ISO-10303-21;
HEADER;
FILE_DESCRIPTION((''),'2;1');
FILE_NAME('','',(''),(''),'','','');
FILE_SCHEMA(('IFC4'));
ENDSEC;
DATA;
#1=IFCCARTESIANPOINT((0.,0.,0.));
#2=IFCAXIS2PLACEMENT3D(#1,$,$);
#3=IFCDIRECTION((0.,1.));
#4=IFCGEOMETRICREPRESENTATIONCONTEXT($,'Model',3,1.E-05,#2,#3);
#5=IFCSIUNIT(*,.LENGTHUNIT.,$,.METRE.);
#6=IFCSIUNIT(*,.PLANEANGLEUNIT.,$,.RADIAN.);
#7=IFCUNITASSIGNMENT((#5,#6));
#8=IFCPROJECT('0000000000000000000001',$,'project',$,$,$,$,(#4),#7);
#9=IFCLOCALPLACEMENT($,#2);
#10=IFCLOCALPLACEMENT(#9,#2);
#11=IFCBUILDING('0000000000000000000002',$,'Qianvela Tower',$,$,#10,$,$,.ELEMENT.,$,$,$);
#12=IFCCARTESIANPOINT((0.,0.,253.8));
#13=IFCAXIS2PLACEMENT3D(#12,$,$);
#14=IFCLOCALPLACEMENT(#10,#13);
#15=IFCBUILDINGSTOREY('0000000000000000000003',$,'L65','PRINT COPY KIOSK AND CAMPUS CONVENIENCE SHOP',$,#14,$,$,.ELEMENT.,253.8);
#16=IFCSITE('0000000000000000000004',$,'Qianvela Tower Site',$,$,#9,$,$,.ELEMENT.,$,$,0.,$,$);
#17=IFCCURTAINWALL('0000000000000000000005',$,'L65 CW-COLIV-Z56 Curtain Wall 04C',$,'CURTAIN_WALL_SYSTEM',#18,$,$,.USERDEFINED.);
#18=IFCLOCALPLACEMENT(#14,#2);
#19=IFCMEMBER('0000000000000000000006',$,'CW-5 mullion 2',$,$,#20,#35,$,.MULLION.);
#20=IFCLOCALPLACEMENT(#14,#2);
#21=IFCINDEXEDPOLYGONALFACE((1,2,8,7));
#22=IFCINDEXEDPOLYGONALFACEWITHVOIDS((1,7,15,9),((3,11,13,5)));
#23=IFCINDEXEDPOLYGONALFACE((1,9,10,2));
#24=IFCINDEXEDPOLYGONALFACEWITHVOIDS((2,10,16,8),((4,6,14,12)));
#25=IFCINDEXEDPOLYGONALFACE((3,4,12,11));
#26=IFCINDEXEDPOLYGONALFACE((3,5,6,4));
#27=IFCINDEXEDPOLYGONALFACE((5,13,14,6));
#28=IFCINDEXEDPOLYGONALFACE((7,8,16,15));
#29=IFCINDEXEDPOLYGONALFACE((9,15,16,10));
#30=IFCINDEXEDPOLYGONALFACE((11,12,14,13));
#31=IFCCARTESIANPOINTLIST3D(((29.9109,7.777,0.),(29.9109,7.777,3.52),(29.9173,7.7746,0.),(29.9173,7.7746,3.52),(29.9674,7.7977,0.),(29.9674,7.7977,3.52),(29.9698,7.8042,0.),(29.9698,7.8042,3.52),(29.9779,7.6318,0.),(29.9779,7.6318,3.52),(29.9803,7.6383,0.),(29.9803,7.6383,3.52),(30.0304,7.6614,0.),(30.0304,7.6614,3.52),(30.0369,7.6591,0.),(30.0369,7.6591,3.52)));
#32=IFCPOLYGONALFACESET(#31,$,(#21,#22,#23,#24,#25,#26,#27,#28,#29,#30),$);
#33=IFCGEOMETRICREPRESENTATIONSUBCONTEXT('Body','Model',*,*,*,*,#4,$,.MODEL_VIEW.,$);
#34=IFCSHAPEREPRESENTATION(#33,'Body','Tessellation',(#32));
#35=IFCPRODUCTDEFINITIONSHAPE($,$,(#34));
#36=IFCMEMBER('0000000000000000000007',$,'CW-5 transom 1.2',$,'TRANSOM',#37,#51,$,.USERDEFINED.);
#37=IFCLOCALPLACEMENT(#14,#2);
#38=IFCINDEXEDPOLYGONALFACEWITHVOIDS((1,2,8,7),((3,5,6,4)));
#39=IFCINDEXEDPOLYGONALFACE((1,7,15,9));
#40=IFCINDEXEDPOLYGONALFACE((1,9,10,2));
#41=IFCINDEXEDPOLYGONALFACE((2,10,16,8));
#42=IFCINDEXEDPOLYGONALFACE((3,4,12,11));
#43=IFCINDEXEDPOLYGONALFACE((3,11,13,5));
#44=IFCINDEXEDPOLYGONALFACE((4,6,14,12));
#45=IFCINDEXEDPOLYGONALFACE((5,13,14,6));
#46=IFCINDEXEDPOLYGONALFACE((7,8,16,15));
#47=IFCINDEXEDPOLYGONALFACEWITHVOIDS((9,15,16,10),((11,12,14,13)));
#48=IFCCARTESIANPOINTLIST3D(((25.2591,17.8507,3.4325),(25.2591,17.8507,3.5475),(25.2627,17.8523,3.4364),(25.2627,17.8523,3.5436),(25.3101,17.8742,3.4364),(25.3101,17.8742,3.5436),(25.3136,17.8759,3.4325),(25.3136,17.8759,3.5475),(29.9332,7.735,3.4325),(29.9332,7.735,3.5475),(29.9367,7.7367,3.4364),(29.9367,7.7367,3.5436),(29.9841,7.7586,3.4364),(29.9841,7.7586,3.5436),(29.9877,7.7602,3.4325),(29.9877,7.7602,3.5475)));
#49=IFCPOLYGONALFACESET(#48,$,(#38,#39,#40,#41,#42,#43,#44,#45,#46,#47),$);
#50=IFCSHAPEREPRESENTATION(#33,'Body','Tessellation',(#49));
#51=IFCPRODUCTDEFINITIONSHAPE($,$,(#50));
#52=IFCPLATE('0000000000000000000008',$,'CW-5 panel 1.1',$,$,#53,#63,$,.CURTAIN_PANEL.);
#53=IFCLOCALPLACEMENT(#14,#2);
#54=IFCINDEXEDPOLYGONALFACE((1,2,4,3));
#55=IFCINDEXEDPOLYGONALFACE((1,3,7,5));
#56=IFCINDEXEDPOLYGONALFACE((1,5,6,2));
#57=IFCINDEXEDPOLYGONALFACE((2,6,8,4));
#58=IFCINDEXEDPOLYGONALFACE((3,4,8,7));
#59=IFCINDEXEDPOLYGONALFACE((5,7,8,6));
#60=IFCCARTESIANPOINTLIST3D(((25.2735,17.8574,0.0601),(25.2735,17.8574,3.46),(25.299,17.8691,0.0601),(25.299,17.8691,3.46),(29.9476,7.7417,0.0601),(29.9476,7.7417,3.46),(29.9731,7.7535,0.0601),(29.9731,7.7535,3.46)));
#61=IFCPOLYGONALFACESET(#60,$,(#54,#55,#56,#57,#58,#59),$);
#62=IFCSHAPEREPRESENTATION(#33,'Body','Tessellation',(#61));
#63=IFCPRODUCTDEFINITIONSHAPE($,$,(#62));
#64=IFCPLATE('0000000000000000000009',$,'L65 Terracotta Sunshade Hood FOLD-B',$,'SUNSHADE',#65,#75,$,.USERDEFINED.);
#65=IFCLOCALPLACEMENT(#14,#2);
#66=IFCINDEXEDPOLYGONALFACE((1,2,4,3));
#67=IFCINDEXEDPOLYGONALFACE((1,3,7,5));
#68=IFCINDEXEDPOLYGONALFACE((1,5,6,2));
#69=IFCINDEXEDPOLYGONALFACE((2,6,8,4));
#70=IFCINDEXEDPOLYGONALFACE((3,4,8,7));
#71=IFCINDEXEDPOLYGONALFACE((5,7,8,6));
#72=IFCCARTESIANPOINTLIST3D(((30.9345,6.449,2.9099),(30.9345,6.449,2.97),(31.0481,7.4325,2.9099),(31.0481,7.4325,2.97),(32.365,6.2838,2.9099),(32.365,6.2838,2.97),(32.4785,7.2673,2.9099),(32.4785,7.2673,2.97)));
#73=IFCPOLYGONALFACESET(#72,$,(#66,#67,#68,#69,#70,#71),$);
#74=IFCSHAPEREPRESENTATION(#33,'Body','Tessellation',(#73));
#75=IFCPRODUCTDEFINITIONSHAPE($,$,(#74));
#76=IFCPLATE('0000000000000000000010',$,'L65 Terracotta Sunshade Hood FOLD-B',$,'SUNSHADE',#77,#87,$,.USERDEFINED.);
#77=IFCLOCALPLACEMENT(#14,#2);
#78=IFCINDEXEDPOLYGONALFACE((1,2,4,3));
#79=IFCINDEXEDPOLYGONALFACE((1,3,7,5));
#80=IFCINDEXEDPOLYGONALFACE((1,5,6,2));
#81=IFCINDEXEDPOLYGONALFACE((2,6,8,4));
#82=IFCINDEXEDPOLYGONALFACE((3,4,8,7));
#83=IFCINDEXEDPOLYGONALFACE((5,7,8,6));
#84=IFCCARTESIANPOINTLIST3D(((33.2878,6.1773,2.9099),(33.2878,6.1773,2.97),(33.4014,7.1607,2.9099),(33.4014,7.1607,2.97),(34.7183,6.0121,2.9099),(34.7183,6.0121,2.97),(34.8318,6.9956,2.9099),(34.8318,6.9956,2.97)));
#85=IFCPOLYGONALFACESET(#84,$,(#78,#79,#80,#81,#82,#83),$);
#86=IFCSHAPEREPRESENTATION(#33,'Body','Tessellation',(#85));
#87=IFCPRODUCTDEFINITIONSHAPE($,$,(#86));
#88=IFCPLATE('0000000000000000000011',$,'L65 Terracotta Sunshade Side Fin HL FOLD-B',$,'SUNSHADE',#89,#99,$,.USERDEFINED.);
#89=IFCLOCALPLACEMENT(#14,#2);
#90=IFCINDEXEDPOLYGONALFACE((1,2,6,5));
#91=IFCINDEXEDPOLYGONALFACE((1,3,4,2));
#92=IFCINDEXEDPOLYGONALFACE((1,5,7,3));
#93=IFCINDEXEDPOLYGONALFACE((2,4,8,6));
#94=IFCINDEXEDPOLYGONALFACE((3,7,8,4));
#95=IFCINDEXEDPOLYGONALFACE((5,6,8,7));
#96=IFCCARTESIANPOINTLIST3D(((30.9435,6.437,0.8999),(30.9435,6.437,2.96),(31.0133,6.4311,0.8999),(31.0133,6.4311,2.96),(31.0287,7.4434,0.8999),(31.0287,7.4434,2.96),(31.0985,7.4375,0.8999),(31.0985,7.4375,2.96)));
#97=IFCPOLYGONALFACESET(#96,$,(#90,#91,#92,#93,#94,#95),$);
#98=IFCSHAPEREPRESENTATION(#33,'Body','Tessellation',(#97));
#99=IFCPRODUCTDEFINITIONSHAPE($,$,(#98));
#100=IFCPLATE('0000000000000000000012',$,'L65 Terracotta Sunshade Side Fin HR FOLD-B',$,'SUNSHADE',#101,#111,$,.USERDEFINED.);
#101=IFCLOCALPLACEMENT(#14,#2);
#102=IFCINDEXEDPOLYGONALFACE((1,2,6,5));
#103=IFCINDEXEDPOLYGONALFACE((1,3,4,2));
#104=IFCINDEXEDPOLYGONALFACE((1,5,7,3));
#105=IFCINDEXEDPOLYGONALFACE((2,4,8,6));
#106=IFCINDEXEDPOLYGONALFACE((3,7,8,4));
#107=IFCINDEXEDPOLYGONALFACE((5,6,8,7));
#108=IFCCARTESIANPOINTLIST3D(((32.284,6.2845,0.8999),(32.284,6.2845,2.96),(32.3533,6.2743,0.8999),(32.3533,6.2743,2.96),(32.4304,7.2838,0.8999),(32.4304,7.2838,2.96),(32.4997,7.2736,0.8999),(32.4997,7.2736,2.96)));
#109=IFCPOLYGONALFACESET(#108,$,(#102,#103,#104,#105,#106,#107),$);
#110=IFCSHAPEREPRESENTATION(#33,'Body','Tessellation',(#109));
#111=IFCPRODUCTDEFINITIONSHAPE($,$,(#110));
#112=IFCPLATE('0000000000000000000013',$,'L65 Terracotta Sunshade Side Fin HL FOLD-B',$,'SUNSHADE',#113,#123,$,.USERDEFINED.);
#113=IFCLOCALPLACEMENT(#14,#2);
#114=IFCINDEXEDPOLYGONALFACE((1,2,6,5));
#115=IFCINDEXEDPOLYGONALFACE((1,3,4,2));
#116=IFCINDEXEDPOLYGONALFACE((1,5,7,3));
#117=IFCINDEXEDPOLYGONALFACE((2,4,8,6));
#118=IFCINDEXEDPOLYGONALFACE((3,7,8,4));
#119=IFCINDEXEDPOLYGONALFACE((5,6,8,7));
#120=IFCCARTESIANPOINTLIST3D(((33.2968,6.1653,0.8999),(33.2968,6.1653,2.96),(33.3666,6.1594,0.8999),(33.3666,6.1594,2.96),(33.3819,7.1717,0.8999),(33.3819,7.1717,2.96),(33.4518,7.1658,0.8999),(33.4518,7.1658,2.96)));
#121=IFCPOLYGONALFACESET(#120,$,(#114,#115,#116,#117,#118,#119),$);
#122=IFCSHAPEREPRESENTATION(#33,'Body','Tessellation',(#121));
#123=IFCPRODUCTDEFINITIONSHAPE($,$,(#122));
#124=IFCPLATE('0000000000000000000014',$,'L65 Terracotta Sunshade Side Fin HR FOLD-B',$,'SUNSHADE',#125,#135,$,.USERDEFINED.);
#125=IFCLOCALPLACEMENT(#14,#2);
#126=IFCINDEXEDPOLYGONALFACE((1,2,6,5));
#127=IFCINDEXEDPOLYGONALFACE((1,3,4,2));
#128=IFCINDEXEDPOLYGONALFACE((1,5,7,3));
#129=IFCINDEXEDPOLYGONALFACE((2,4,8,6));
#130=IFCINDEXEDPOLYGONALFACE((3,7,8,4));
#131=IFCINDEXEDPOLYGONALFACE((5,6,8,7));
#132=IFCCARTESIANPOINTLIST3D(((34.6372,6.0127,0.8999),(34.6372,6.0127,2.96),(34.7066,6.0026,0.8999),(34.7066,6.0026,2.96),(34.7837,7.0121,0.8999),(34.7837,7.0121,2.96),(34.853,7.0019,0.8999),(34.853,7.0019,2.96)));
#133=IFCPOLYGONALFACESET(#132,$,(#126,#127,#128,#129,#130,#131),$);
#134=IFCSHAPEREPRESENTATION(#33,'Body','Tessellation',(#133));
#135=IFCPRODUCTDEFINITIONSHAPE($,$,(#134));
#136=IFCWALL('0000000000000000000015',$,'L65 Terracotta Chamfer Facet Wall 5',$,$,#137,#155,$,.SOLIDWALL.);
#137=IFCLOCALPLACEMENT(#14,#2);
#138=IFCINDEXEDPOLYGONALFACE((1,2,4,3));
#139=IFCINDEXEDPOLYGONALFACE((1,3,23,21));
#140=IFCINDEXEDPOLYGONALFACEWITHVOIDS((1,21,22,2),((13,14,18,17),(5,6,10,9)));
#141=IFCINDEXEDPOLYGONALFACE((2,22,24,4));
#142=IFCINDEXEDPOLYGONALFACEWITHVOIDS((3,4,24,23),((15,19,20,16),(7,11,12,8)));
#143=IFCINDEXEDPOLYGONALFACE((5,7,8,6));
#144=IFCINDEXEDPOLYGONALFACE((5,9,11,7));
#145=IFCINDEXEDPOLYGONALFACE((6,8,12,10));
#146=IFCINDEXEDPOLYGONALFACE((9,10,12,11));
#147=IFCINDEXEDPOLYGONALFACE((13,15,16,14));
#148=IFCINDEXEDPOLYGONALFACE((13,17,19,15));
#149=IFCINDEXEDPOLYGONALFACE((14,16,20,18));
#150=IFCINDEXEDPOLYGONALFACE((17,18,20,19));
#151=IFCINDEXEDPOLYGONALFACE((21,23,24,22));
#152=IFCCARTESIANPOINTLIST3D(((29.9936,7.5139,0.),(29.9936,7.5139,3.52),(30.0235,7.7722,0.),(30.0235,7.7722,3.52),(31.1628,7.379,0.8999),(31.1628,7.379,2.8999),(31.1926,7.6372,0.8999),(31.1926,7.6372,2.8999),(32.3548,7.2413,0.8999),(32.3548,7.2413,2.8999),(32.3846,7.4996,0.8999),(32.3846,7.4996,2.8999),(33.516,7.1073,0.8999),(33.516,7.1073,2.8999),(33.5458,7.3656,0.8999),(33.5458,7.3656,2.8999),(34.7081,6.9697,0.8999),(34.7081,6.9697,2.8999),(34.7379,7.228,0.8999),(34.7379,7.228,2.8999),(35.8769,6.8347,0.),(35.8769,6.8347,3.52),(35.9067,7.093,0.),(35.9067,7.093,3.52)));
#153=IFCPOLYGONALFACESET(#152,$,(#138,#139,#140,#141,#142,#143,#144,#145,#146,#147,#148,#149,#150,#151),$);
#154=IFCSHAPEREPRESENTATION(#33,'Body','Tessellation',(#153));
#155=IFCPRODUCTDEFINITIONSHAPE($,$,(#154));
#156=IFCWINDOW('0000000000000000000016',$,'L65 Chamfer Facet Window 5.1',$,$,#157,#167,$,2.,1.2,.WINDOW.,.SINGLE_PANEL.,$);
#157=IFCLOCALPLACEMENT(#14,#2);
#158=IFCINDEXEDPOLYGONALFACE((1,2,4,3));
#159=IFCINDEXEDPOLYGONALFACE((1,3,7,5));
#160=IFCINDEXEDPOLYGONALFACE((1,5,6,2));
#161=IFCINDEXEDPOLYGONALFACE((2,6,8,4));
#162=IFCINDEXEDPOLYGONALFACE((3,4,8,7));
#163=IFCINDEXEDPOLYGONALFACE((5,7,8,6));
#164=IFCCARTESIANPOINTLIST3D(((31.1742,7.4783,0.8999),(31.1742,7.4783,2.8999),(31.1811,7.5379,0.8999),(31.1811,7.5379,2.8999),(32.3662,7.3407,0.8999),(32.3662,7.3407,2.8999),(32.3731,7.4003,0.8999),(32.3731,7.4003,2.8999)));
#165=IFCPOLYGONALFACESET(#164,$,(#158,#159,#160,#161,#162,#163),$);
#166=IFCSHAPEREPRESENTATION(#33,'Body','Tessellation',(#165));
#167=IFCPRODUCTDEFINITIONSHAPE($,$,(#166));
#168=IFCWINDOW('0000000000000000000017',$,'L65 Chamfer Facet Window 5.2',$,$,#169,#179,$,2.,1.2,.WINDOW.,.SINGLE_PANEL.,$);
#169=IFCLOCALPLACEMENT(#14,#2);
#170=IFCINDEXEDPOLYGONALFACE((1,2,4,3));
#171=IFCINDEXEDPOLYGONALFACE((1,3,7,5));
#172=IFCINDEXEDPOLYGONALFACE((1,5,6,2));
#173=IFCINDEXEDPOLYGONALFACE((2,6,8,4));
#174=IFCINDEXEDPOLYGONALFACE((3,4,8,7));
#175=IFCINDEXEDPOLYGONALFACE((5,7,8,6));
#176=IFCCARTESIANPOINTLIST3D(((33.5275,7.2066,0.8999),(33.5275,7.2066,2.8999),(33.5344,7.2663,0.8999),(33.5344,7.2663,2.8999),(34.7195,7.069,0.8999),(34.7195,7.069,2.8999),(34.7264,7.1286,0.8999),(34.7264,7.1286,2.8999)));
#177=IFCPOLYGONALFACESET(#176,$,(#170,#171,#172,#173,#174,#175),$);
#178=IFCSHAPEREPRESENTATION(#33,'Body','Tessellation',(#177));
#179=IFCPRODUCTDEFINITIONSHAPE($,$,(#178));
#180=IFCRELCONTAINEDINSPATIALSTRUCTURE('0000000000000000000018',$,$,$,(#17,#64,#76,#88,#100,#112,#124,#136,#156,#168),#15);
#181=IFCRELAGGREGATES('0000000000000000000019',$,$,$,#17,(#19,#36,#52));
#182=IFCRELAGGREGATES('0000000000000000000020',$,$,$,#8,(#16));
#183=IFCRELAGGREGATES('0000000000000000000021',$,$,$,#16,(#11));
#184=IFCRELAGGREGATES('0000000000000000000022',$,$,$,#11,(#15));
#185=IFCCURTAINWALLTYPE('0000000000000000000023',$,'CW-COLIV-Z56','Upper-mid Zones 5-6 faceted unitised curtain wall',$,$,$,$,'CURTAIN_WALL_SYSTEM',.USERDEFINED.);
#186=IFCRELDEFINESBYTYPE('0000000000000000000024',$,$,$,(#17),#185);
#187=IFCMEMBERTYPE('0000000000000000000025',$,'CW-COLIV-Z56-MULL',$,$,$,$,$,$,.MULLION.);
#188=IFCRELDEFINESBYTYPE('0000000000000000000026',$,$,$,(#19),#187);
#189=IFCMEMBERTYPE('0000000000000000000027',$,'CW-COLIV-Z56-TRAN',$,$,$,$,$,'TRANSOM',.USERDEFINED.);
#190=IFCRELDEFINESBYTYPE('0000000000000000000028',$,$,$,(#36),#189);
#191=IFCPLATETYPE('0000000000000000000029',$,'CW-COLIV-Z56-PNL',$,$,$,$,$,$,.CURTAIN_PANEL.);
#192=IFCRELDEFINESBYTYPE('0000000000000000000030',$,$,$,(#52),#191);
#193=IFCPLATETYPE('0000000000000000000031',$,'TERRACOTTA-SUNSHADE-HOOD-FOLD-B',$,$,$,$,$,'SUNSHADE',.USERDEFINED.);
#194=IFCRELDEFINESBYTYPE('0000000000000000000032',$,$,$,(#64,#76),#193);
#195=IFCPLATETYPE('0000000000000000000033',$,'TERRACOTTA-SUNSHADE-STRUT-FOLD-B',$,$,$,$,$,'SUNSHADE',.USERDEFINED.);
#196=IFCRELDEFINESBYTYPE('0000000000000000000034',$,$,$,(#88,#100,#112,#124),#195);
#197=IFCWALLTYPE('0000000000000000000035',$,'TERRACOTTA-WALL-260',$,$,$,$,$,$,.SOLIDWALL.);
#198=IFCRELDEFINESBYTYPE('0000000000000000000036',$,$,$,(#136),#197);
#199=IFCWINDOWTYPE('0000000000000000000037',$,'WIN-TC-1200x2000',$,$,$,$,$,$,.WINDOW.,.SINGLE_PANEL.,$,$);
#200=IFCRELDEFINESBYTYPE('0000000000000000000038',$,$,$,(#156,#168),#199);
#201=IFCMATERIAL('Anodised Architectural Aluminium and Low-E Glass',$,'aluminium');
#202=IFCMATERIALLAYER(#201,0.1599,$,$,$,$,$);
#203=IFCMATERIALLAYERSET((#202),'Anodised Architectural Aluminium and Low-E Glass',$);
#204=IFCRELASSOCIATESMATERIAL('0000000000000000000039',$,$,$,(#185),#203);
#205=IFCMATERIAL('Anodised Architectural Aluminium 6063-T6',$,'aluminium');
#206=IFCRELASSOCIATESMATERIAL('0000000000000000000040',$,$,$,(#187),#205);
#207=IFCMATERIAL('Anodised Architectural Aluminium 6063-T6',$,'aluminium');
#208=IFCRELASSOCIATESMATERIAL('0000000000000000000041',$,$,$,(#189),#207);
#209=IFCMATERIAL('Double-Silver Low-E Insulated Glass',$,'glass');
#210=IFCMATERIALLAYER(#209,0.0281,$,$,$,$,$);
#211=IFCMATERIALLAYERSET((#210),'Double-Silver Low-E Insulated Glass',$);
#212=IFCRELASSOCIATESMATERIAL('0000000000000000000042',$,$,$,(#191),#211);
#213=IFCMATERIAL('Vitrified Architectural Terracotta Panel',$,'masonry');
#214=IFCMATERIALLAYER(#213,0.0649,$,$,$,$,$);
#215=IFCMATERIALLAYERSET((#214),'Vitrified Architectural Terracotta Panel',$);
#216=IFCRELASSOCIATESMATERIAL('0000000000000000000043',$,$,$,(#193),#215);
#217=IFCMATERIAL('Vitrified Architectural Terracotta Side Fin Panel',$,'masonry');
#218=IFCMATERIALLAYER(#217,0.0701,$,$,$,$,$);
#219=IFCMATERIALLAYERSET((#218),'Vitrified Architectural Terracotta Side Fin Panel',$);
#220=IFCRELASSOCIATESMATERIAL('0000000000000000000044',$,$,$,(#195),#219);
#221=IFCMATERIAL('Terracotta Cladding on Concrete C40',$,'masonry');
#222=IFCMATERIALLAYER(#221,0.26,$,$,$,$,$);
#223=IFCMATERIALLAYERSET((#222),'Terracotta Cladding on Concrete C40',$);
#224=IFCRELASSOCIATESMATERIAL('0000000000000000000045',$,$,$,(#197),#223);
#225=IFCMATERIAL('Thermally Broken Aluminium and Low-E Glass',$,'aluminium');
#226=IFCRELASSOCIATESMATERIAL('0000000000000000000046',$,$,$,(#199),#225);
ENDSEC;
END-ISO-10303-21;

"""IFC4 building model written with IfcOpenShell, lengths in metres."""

from ifc_helpers import new_model, si_unit, direction, frame, frame_2d, origin, origin_2d, place, context, subcontext, project, spatial, rectangle, hollow_rectangle, extrude, material, layer, layer_set, material_profile, profile_set, type_object, element, fill, aggregate, save


model = new_model("IFC4")

# Units and contexts
model_context = context("Model", 3, precision=1e-05, world=origin(), true_north=direction((0.0, 1.0)))
body_context = subcontext(model_context, "Body", "Model", "MODEL_VIEW")
ifc_project = project(units=[si_unit("LENGTHUNIT", "METRE"), si_unit("PLANEANGLEUNIT", "RADIAN")], contexts=[model_context])

# Site, building, storey
site_placement = place(None, origin())
site = spatial("IfcSite", under=ifc_project, at=site_placement, Name="Qianvela Tower Site", CompositionType="ELEMENT", RefElevation=0.0)
building_placement = place(site_placement, origin())
building = spatial("IfcBuilding", under=site, at=building_placement, Name="Qianvela Tower", CompositionType="ELEMENT")
storey_placement = place(building_placement, frame((0.0, 0.0, 253.8)))
storey = spatial("IfcBuildingStorey", under=building, at=storey_placement, Name="L65", Description="PRINT COPY KIOSK AND CAMPUS CONVENIENCE SHOP", CompositionType="ELEMENT", Elevation=253.8)

# Curtain wall, members, plate
ifc_material_1 = material(Name="Anodised Architectural Aluminium and Low-E Glass", Category="aluminium")
ifc_layer_1 = layer(ifc_material_1, 0.1599)
ifc_layer_set_1 = layer_set([ifc_layer_1], Name="Anodised Architectural Aluminium and Low-E Glass")
curtain_wall_type = type_object("IfcCurtainWallType", Name="CW-COLIV-Z56", Description="Upper-mid Zones 5-6 faceted unitised curtain wall", ElementType="CURTAIN_WALL_SYSTEM", PredefinedType="USERDEFINED", material=ifc_layer_set_1)
curtain_wall_placement = place(storey_placement, origin())
curtain_wall = element("IfcCurtainWall", 1, at=curtain_wall_placement, inside=storey, type_object=curtain_wall_type, Name="L65 CW-COLIV-Z56 Curtain Wall 04C", ObjectType="CURTAIN_WALL_SYSTEM", PredefinedType="USERDEFINED")
ifc_material_2 = material(Name="Anodised Architectural Aluminium 6063-T6", Category="aluminium")
ifc_material_profile_1 = material_profile(ifc_material_2, hollow_rectangle(XDim=0.0649, YDim=0.1599, WallThickness=0.0049, at=origin_2d()), Name="ALU-MULL-65x160")
ifc_profile_set_1 = profile_set([ifc_material_profile_1], Name="Anodised Architectural Aluminium 6063-T6")
member_type_1 = type_object("IfcMemberType", Name="CW-COLIV-Z56-MULL", PredefinedType="MULLION", material=ifc_profile_set_1)
member_1_placement = place(storey_placement, frame((29.9739, 7.718, 0.0), z_axis=(0.0, 0.0, 1.0), x_axis=(0.907779, 0.41945, 0.0)))
member_1 = element("IfcMember", 2, at=member_1_placement, type_object=member_type_1, Name="CW-5 mullion 2", PredefinedType="MULLION", context=body_context, shape_type="SweptSolid", body=[
    extrude(hollow_rectangle(XDim=0.0649, YDim=0.1599, WallThickness=0.0049, at=origin_2d()), origin(), (0.0, 0.0, 1.0), 3.52),
])
ifc_material_3 = material(Name="Anodised Architectural Aluminium 6063-T6", Category="aluminium")
ifc_material_profile_2 = material_profile(ifc_material_3, hollow_rectangle(XDim=0.0601, YDim=0.115, WallThickness=0.0039, at=origin_2d()), Name="ALU-TRAN-60x115")
ifc_profile_set_2 = profile_set([ifc_material_profile_2], Name="Anodised Architectural Aluminium 6063-T6")
member_type_2 = type_object("IfcMemberType", Name="CW-COLIV-Z56-TRAN", ElementType="TRANSOM", PredefinedType="USERDEFINED", material=ifc_profile_set_2)
member_2_placement = place(storey_placement, frame((25.2864, 17.8633, 3.49), z_axis=(0.419449, -0.907779, 0.0), x_axis=(0.907779, 0.419449, 0.0)))
member_2 = element("IfcMember", 3, at=member_2_placement, type_object=member_type_2, Name="CW-5 transom 1.2", ObjectType="TRANSOM", PredefinedType="USERDEFINED", context=body_context, shape_type="SweptSolid", body=[
    extrude(hollow_rectangle(XDim=0.0601, YDim=0.115, WallThickness=0.0039, at=origin_2d()), origin(), (0.0, 0.0, 1.0), 11.1433),
])
ifc_material_4 = material(Name="Double-Silver Low-E Insulated Glass", Category="glass")
ifc_layer_2 = layer(ifc_material_4, 0.0281)
ifc_layer_set_2 = layer_set([ifc_layer_2], Name="Double-Silver Low-E Insulated Glass")
plate_type_1 = type_object("IfcPlateType", Name="CW-COLIV-Z56-PNL", PredefinedType="CURTAIN_PANEL", material=ifc_layer_set_2)
plate_placement = place(storey_placement, frame((27.6233, 12.8054, 0.0601), z_axis=(0.0, 0.0, 1.0), x_axis=(0.41945, -0.907779, 0.0)))
plate = element("IfcPlate", 4, at=plate_placement, type_object=plate_type_1, Name="CW-5 panel 1.1", PredefinedType="CURTAIN_PANEL", context=body_context, shape_type="SweptSolid", body=[
    extrude(rectangle(XDim=11.1433, YDim=0.0281, at=origin_2d()), origin(), (0.0, 0.0, 1.0), 3.3999),
])
aggregate(curtain_wall, [member_1, member_2, plate])

# Plates
ifc_material_5 = material(Name="Vitrified Architectural Terracotta Panel", Category="masonry")
ifc_layer_3 = layer(ifc_material_5, 0.0649)
ifc_layer_set_3 = layer_set([ifc_layer_3], Name="Vitrified Architectural Terracotta Panel")
plate_type_2 = type_object("IfcPlateType", Name="TERRACOTTA-SUNSHADE-HOOD-FOLD-B", ElementType="SUNSHADE", PredefinedType="USERDEFINED", material=ifc_layer_set_3)
for number, where, z_axis, x_axis, name in (
    (5, (31.7065, 6.8582, 2.9099), (0.0, 0.0, 1.0), (0.9934, -0.114703, 0.0), "L65 Terracotta Sunshade Hood FOLD-B"),
    (6, (34.0598, 6.5864, 2.9099), (0.0, 0.0, 1.0), (0.9934, -0.114703, 0.0), "L65 Terracotta Sunshade Hood FOLD-B"),
):
    element("IfcPlate", number, at=place(storey_placement, frame(where, z_axis=z_axis, x_axis=x_axis)), inside=storey, type_object=plate_type_2, Name=name, ObjectType="SUNSHADE", PredefinedType="USERDEFINED", context=body_context, shape_type="SweptSolid", body=[
        extrude(rectangle(XDim=1.4399, YDim=0.99, at=origin_2d()), origin(), (0.0, 0.0, 1.0), 0.0601),
    ])
ifc_material_6 = material(Name="Vitrified Architectural Terracotta Side Fin Panel", Category="masonry")
ifc_layer_4 = layer(ifc_material_6, 0.0701)
ifc_layer_set_4 = layer_set([ifc_layer_4], Name="Vitrified Architectural Terracotta Side Fin Panel")
plate_type_3 = type_object("IfcPlateType", Name="TERRACOTTA-SUNSHADE-STRUT-FOLD-B", ElementType="SUNSHADE", PredefinedType="USERDEFINED", material=ifc_layer_set_4)
for number, where, z_axis, x_axis, name in (
    (7, (31.021, 6.9373, 0.8999), (0.0, 0.0, 1.0), (0.996439, -0.084313, 0.0), "L65 Terracotta Sunshade Side Fin HL FOLD-B"),
    (8, (32.3918, 6.7791, 0.8999), (0.0, 0.0, 1.0), (0.989434, -0.144987, 0.0), "L65 Terracotta Sunshade Side Fin HR FOLD-B"),
    (9, (33.3743, 6.6655, 0.8999), (0.0, 0.0, 1.0), (0.996439, -0.084313, 0.0), "L65 Terracotta Sunshade Side Fin HL FOLD-B"),
    (10, (34.7451, 6.5073, 0.8999), (0.0, 0.0, 1.0), (0.989434, -0.144987, 0.0), "L65 Terracotta Sunshade Side Fin HR FOLD-B"),
):
    element("IfcPlate", number, at=place(storey_placement, frame(where, z_axis=z_axis, x_axis=x_axis)), inside=storey, type_object=plate_type_3, Name=name, ObjectType="SUNSHADE", PredefinedType="USERDEFINED", context=body_context, shape_type="SweptSolid", body=[
        extrude(rectangle(XDim=0.0701, YDim=1.01, at=origin_2d()), origin(), (0.0, 0.0, 1.0), 2.0601),
    ])

# Wall, openings, windows
ifc_material_7 = material(Name="Terracotta Cladding on Concrete C40", Category="masonry")
ifc_layer_5 = layer(ifc_material_7, 0.26)
ifc_layer_set_5 = layer_set([ifc_layer_5], Name="Terracotta Cladding on Concrete C40")
wall_type_1 = type_object("IfcWallType", Name="TERRACOTTA-WALL-260", PredefinedType="SOLIDWALL", material=ifc_layer_set_5)
wall_1_placement = place(storey_placement, frame((30.0085, 7.6431, 0.0), z_axis=(0.0, 0.0, 1.0), x_axis=(0.993402, -0.114684, 0.0)))
wall_1 = element("IfcWall", 11, at=wall_1_placement, inside=storey, type_object=wall_type_1, Name="L65 Terracotta Chamfer Facet Wall 5", PredefinedType="SOLIDWALL", context=body_context, shape_type="SweptSolid", body=[
    extrude(rectangle(XDim=5.9224, YDim=0.26, at=frame_2d((2.9612, 0.0))), origin(), (0.0, 0.0, 1.0), 3.52),
])
opening_1_placement = place(wall_1_placement, frame((1.1768, 0.0, 0.8999)))
opening_1 = element("IfcOpeningElement", 12, at=opening_1_placement, cuts=wall_1, PredefinedType="OPENING", context=body_context, shape_type="SweptSolid", body=[
    extrude(rectangle(XDim=1.2, YDim=2.0, at=frame_2d((0.6001, 1.0))), frame((0.0, 0.1399, 0.0), z_axis=(0.0, -1.0, 0.0), x_axis=(1.0, 0.0, 0.0)), (0.0, 0.0, 1.0), 0.28),
])
opening_2_placement = place(wall_1_placement, frame((3.5457, 0.0, 0.8999)))
opening_2 = element("IfcOpeningElement", 13, at=opening_2_placement, cuts=wall_1, PredefinedType="OPENING", context=body_context, shape_type="SweptSolid", body=[
    extrude(rectangle(XDim=1.2, YDim=2.0, at=frame_2d((0.6001, 1.0))), frame((0.0, 0.1399, 0.0), z_axis=(0.0, -1.0, 0.0), x_axis=(1.0, 0.0, 0.0)), (0.0, 0.0, 1.0), 0.28),
])
ifc_material_8 = material(Name="Thermally Broken Aluminium and Low-E Glass", Category="aluminium")
window_type = type_object("IfcWindowType", Name="WIN-TC-1200x2000", PartitioningType="SINGLE_PANEL", PredefinedType="WINDOW", material=ifc_material_8)
window_1_placement = place(opening_1_placement, origin())
window_1 = element("IfcWindow", 14, at=window_1_placement, inside=storey, type_object=window_type, Name="L65 Chamfer Facet Window 5.1", OverallHeight=2.0, OverallWidth=1.2, PartitioningType="SINGLE_PANEL", PredefinedType="WINDOW", context=body_context, shape_type="SweptSolid", body=[
    extrude(rectangle(XDim=1.2, YDim=2.0, at=frame_2d((0.6001, 1.0))), frame((0.0, 0.03, 0.0), z_axis=(0.0, -1.0, 0.0), x_axis=(1.0, 0.0, 0.0)), (0.0, 0.0, 1.0), 0.0601),
])
fill(opening_1, window_1)
window_2_placement = place(opening_2_placement, origin())
window_2 = element("IfcWindow", 15, at=window_2_placement, inside=storey, type_object=window_type, Name="L65 Chamfer Facet Window 5.2", OverallHeight=2.0, OverallWidth=1.2, PartitioningType="SINGLE_PANEL", PredefinedType="WINDOW", context=body_context, shape_type="SweptSolid", body=[
    extrude(rectangle(XDim=1.2, YDim=2.0, at=frame_2d((0.6001, 1.0))), frame((0.0, 0.03, 0.0), z_axis=(0.0, -1.0, 0.0), x_axis=(1.0, 0.0, 0.0)), (0.0, 0.0, 1.0), 0.0601),
])
fill(opening_2, window_2)

save(model, "model.ifc")
